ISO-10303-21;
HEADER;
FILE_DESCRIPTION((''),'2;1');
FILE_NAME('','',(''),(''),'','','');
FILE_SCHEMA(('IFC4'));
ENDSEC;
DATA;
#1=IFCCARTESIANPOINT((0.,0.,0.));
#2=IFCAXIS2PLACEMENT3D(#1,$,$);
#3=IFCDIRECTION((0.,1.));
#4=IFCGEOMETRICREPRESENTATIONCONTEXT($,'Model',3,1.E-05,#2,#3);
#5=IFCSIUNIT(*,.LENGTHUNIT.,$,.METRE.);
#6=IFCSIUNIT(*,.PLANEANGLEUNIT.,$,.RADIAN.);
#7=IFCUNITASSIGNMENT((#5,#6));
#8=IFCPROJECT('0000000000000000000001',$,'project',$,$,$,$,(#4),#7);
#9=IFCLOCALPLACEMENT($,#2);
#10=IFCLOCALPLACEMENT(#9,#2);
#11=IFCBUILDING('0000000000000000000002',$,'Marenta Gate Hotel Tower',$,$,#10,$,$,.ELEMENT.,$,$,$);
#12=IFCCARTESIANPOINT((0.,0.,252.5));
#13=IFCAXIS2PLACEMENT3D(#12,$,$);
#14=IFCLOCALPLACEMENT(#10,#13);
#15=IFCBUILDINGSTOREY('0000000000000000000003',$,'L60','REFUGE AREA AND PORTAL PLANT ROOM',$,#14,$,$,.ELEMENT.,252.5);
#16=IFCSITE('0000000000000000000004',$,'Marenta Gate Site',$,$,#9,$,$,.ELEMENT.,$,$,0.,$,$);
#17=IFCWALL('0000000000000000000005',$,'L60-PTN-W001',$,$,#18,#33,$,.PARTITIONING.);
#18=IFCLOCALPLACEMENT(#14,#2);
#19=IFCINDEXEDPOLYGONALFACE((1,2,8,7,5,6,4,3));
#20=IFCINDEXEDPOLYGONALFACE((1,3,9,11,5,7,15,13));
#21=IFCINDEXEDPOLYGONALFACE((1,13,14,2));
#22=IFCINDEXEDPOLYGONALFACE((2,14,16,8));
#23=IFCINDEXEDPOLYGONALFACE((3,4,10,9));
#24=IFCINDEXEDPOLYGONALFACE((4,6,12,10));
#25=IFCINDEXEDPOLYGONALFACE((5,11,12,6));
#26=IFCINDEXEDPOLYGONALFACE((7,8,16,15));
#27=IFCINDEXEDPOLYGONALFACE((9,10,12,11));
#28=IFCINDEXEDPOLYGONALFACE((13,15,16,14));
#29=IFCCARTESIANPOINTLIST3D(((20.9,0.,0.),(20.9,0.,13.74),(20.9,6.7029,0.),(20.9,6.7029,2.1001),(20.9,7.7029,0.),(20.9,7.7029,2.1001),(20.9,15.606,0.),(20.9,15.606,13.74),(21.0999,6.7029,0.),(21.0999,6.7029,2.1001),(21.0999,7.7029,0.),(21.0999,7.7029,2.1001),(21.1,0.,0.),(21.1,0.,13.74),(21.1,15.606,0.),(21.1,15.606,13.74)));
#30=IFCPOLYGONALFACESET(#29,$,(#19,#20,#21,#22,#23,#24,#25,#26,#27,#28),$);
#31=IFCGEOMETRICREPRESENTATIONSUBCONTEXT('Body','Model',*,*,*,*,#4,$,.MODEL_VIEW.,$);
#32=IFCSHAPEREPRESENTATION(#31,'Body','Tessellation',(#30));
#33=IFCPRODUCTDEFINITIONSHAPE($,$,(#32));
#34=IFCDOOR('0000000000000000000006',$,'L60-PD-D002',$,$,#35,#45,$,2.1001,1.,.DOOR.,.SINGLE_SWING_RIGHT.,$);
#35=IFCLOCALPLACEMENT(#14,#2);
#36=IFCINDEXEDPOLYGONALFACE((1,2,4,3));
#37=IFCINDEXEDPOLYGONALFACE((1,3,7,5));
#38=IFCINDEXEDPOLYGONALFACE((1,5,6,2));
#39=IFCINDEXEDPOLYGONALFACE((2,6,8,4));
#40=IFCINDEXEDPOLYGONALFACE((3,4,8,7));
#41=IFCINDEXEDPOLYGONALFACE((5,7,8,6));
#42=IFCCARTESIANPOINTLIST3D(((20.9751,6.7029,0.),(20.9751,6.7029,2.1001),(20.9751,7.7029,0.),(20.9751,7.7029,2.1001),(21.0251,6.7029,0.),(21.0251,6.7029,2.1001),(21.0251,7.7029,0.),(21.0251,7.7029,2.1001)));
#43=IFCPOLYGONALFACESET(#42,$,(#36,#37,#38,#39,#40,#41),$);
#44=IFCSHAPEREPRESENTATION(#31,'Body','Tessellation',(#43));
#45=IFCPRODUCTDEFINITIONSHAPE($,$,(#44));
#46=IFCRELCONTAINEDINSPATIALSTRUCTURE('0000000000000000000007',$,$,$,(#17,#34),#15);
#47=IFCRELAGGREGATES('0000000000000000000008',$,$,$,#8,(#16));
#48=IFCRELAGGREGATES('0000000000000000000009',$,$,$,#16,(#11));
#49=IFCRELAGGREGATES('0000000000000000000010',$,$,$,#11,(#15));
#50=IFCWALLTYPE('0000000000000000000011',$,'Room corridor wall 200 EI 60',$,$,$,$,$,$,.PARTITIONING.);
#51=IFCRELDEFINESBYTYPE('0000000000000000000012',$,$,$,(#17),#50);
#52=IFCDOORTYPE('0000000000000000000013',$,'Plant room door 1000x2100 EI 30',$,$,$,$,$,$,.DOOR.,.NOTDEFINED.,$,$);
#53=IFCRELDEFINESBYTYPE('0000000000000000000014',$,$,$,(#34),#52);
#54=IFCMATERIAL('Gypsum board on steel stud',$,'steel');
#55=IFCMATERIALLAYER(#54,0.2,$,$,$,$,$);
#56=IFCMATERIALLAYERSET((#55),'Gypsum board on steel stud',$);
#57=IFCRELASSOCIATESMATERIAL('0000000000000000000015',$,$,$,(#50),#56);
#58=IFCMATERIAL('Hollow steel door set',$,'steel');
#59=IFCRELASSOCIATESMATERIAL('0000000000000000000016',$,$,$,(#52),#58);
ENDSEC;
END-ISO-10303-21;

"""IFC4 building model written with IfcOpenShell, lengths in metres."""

from ifc_helpers import new_model, si_unit, direction, frame, frame_2d, origin, place, context, subcontext, project, spatial, rectangle, extrude, material, layer, layer_set, type_object, element, fill, save


model = new_model("IFC4")

# Units and contexts
model_context = context("Model", 3, precision=1e-05, world=origin(), true_north=direction((0.0, 1.0)))
body_context = subcontext(model_context, "Body", "Model", "MODEL_VIEW")
ifc_project = project(units=[si_unit("LENGTHUNIT", "METRE"), si_unit("PLANEANGLEUNIT", "RADIAN")], contexts=[model_context])

# Site, building, storey
site_placement = place(None, origin())
site = spatial("IfcSite", under=ifc_project, at=site_placement, Name="Marenta Gate Site", CompositionType="ELEMENT", RefElevation=0.0)
building_placement = place(site_placement, origin())
building = spatial("IfcBuilding", under=site, at=building_placement, Name="Marenta Gate Hotel Tower", CompositionType="ELEMENT")
storey_placement = place(building_placement, frame((0.0, 0.0, 252.5)))
storey = spatial("IfcBuildingStorey", under=building, at=storey_placement, Name="L60", Description="REFUGE AREA AND PORTAL PLANT ROOM", CompositionType="ELEMENT", Elevation=252.5)

# Wall, opening, door
ifc_material_1 = material(Name="Gypsum board on steel stud", Category="steel")
ifc_layer_1 = layer(ifc_material_1, 0.2)
ifc_layer_set_1 = layer_set([ifc_layer_1], Name="Gypsum board on steel stud")
wall_type_1 = type_object("IfcWallType", Name="Room corridor wall 200 EI 60", PredefinedType="PARTITIONING", material=ifc_layer_set_1)
wall_1_placement = place(storey_placement, frame((21.0, 0.0, 0.0), z_axis=(0.0, 0.0, 1.0), x_axis=(0.0, 1.0, 0.0)))
wall_1 = element("IfcWall", 1, at=wall_1_placement, inside=storey, type_object=wall_type_1, Name="L60-PTN-W001", PredefinedType="PARTITIONING", context=body_context, shape_type="SweptSolid", body=[
    extrude(rectangle(XDim=15.606, YDim=0.2, at=frame_2d((7.803, 0.0))), origin(), (0.0, 0.0, 1.0), 13.74),
])
opening_1_placement = place(wall_1_placement, frame((6.7029, 0.0, 0.0)))
opening_1 = element("IfcOpeningElement", 2, at=opening_1_placement, cuts=wall_1, PredefinedType="OPENING", context=body_context, shape_type="SweptSolid", body=[
    extrude(rectangle(XDim=1.0, YDim=2.1001, at=frame_2d((0.5, 1.05))), frame((0.0, 0.1001, 0.0), z_axis=(0.0, -1.0, 0.0), x_axis=(1.0, 0.0, 0.0)), (0.0, 0.0, 1.0), 0.2),
])
ifc_material_2 = material(Name="Hollow steel door set", Category="steel")
door_type_1 = type_object("IfcDoorType", Name="Plant room door 1000x2100 EI 30", OperationType="NOTDEFINED", PredefinedType="DOOR", material=ifc_material_2)
door_1_placement = place(opening_1_placement, origin())
door_1 = element("IfcDoor", 3, at=door_1_placement, inside=storey, type_object=door_type_1, Name="L60-PD-D002", OperationType="SINGLE_SWING_RIGHT", OverallHeight=2.1001, OverallWidth=1.0, PredefinedType="DOOR", context=body_context, shape_type="SweptSolid", body=[
    extrude(rectangle(XDim=1.0, YDim=2.1001, at=frame_2d((0.5, 1.05))), frame((0.0, 0.0249, 0.0), z_axis=(0.0, -1.0, 0.0), x_axis=(1.0, 0.0, 0.0)), (0.0, 0.0, 1.0), 0.05),
])
fill(opening_1, door_1)

save(model, "model.ifc")
